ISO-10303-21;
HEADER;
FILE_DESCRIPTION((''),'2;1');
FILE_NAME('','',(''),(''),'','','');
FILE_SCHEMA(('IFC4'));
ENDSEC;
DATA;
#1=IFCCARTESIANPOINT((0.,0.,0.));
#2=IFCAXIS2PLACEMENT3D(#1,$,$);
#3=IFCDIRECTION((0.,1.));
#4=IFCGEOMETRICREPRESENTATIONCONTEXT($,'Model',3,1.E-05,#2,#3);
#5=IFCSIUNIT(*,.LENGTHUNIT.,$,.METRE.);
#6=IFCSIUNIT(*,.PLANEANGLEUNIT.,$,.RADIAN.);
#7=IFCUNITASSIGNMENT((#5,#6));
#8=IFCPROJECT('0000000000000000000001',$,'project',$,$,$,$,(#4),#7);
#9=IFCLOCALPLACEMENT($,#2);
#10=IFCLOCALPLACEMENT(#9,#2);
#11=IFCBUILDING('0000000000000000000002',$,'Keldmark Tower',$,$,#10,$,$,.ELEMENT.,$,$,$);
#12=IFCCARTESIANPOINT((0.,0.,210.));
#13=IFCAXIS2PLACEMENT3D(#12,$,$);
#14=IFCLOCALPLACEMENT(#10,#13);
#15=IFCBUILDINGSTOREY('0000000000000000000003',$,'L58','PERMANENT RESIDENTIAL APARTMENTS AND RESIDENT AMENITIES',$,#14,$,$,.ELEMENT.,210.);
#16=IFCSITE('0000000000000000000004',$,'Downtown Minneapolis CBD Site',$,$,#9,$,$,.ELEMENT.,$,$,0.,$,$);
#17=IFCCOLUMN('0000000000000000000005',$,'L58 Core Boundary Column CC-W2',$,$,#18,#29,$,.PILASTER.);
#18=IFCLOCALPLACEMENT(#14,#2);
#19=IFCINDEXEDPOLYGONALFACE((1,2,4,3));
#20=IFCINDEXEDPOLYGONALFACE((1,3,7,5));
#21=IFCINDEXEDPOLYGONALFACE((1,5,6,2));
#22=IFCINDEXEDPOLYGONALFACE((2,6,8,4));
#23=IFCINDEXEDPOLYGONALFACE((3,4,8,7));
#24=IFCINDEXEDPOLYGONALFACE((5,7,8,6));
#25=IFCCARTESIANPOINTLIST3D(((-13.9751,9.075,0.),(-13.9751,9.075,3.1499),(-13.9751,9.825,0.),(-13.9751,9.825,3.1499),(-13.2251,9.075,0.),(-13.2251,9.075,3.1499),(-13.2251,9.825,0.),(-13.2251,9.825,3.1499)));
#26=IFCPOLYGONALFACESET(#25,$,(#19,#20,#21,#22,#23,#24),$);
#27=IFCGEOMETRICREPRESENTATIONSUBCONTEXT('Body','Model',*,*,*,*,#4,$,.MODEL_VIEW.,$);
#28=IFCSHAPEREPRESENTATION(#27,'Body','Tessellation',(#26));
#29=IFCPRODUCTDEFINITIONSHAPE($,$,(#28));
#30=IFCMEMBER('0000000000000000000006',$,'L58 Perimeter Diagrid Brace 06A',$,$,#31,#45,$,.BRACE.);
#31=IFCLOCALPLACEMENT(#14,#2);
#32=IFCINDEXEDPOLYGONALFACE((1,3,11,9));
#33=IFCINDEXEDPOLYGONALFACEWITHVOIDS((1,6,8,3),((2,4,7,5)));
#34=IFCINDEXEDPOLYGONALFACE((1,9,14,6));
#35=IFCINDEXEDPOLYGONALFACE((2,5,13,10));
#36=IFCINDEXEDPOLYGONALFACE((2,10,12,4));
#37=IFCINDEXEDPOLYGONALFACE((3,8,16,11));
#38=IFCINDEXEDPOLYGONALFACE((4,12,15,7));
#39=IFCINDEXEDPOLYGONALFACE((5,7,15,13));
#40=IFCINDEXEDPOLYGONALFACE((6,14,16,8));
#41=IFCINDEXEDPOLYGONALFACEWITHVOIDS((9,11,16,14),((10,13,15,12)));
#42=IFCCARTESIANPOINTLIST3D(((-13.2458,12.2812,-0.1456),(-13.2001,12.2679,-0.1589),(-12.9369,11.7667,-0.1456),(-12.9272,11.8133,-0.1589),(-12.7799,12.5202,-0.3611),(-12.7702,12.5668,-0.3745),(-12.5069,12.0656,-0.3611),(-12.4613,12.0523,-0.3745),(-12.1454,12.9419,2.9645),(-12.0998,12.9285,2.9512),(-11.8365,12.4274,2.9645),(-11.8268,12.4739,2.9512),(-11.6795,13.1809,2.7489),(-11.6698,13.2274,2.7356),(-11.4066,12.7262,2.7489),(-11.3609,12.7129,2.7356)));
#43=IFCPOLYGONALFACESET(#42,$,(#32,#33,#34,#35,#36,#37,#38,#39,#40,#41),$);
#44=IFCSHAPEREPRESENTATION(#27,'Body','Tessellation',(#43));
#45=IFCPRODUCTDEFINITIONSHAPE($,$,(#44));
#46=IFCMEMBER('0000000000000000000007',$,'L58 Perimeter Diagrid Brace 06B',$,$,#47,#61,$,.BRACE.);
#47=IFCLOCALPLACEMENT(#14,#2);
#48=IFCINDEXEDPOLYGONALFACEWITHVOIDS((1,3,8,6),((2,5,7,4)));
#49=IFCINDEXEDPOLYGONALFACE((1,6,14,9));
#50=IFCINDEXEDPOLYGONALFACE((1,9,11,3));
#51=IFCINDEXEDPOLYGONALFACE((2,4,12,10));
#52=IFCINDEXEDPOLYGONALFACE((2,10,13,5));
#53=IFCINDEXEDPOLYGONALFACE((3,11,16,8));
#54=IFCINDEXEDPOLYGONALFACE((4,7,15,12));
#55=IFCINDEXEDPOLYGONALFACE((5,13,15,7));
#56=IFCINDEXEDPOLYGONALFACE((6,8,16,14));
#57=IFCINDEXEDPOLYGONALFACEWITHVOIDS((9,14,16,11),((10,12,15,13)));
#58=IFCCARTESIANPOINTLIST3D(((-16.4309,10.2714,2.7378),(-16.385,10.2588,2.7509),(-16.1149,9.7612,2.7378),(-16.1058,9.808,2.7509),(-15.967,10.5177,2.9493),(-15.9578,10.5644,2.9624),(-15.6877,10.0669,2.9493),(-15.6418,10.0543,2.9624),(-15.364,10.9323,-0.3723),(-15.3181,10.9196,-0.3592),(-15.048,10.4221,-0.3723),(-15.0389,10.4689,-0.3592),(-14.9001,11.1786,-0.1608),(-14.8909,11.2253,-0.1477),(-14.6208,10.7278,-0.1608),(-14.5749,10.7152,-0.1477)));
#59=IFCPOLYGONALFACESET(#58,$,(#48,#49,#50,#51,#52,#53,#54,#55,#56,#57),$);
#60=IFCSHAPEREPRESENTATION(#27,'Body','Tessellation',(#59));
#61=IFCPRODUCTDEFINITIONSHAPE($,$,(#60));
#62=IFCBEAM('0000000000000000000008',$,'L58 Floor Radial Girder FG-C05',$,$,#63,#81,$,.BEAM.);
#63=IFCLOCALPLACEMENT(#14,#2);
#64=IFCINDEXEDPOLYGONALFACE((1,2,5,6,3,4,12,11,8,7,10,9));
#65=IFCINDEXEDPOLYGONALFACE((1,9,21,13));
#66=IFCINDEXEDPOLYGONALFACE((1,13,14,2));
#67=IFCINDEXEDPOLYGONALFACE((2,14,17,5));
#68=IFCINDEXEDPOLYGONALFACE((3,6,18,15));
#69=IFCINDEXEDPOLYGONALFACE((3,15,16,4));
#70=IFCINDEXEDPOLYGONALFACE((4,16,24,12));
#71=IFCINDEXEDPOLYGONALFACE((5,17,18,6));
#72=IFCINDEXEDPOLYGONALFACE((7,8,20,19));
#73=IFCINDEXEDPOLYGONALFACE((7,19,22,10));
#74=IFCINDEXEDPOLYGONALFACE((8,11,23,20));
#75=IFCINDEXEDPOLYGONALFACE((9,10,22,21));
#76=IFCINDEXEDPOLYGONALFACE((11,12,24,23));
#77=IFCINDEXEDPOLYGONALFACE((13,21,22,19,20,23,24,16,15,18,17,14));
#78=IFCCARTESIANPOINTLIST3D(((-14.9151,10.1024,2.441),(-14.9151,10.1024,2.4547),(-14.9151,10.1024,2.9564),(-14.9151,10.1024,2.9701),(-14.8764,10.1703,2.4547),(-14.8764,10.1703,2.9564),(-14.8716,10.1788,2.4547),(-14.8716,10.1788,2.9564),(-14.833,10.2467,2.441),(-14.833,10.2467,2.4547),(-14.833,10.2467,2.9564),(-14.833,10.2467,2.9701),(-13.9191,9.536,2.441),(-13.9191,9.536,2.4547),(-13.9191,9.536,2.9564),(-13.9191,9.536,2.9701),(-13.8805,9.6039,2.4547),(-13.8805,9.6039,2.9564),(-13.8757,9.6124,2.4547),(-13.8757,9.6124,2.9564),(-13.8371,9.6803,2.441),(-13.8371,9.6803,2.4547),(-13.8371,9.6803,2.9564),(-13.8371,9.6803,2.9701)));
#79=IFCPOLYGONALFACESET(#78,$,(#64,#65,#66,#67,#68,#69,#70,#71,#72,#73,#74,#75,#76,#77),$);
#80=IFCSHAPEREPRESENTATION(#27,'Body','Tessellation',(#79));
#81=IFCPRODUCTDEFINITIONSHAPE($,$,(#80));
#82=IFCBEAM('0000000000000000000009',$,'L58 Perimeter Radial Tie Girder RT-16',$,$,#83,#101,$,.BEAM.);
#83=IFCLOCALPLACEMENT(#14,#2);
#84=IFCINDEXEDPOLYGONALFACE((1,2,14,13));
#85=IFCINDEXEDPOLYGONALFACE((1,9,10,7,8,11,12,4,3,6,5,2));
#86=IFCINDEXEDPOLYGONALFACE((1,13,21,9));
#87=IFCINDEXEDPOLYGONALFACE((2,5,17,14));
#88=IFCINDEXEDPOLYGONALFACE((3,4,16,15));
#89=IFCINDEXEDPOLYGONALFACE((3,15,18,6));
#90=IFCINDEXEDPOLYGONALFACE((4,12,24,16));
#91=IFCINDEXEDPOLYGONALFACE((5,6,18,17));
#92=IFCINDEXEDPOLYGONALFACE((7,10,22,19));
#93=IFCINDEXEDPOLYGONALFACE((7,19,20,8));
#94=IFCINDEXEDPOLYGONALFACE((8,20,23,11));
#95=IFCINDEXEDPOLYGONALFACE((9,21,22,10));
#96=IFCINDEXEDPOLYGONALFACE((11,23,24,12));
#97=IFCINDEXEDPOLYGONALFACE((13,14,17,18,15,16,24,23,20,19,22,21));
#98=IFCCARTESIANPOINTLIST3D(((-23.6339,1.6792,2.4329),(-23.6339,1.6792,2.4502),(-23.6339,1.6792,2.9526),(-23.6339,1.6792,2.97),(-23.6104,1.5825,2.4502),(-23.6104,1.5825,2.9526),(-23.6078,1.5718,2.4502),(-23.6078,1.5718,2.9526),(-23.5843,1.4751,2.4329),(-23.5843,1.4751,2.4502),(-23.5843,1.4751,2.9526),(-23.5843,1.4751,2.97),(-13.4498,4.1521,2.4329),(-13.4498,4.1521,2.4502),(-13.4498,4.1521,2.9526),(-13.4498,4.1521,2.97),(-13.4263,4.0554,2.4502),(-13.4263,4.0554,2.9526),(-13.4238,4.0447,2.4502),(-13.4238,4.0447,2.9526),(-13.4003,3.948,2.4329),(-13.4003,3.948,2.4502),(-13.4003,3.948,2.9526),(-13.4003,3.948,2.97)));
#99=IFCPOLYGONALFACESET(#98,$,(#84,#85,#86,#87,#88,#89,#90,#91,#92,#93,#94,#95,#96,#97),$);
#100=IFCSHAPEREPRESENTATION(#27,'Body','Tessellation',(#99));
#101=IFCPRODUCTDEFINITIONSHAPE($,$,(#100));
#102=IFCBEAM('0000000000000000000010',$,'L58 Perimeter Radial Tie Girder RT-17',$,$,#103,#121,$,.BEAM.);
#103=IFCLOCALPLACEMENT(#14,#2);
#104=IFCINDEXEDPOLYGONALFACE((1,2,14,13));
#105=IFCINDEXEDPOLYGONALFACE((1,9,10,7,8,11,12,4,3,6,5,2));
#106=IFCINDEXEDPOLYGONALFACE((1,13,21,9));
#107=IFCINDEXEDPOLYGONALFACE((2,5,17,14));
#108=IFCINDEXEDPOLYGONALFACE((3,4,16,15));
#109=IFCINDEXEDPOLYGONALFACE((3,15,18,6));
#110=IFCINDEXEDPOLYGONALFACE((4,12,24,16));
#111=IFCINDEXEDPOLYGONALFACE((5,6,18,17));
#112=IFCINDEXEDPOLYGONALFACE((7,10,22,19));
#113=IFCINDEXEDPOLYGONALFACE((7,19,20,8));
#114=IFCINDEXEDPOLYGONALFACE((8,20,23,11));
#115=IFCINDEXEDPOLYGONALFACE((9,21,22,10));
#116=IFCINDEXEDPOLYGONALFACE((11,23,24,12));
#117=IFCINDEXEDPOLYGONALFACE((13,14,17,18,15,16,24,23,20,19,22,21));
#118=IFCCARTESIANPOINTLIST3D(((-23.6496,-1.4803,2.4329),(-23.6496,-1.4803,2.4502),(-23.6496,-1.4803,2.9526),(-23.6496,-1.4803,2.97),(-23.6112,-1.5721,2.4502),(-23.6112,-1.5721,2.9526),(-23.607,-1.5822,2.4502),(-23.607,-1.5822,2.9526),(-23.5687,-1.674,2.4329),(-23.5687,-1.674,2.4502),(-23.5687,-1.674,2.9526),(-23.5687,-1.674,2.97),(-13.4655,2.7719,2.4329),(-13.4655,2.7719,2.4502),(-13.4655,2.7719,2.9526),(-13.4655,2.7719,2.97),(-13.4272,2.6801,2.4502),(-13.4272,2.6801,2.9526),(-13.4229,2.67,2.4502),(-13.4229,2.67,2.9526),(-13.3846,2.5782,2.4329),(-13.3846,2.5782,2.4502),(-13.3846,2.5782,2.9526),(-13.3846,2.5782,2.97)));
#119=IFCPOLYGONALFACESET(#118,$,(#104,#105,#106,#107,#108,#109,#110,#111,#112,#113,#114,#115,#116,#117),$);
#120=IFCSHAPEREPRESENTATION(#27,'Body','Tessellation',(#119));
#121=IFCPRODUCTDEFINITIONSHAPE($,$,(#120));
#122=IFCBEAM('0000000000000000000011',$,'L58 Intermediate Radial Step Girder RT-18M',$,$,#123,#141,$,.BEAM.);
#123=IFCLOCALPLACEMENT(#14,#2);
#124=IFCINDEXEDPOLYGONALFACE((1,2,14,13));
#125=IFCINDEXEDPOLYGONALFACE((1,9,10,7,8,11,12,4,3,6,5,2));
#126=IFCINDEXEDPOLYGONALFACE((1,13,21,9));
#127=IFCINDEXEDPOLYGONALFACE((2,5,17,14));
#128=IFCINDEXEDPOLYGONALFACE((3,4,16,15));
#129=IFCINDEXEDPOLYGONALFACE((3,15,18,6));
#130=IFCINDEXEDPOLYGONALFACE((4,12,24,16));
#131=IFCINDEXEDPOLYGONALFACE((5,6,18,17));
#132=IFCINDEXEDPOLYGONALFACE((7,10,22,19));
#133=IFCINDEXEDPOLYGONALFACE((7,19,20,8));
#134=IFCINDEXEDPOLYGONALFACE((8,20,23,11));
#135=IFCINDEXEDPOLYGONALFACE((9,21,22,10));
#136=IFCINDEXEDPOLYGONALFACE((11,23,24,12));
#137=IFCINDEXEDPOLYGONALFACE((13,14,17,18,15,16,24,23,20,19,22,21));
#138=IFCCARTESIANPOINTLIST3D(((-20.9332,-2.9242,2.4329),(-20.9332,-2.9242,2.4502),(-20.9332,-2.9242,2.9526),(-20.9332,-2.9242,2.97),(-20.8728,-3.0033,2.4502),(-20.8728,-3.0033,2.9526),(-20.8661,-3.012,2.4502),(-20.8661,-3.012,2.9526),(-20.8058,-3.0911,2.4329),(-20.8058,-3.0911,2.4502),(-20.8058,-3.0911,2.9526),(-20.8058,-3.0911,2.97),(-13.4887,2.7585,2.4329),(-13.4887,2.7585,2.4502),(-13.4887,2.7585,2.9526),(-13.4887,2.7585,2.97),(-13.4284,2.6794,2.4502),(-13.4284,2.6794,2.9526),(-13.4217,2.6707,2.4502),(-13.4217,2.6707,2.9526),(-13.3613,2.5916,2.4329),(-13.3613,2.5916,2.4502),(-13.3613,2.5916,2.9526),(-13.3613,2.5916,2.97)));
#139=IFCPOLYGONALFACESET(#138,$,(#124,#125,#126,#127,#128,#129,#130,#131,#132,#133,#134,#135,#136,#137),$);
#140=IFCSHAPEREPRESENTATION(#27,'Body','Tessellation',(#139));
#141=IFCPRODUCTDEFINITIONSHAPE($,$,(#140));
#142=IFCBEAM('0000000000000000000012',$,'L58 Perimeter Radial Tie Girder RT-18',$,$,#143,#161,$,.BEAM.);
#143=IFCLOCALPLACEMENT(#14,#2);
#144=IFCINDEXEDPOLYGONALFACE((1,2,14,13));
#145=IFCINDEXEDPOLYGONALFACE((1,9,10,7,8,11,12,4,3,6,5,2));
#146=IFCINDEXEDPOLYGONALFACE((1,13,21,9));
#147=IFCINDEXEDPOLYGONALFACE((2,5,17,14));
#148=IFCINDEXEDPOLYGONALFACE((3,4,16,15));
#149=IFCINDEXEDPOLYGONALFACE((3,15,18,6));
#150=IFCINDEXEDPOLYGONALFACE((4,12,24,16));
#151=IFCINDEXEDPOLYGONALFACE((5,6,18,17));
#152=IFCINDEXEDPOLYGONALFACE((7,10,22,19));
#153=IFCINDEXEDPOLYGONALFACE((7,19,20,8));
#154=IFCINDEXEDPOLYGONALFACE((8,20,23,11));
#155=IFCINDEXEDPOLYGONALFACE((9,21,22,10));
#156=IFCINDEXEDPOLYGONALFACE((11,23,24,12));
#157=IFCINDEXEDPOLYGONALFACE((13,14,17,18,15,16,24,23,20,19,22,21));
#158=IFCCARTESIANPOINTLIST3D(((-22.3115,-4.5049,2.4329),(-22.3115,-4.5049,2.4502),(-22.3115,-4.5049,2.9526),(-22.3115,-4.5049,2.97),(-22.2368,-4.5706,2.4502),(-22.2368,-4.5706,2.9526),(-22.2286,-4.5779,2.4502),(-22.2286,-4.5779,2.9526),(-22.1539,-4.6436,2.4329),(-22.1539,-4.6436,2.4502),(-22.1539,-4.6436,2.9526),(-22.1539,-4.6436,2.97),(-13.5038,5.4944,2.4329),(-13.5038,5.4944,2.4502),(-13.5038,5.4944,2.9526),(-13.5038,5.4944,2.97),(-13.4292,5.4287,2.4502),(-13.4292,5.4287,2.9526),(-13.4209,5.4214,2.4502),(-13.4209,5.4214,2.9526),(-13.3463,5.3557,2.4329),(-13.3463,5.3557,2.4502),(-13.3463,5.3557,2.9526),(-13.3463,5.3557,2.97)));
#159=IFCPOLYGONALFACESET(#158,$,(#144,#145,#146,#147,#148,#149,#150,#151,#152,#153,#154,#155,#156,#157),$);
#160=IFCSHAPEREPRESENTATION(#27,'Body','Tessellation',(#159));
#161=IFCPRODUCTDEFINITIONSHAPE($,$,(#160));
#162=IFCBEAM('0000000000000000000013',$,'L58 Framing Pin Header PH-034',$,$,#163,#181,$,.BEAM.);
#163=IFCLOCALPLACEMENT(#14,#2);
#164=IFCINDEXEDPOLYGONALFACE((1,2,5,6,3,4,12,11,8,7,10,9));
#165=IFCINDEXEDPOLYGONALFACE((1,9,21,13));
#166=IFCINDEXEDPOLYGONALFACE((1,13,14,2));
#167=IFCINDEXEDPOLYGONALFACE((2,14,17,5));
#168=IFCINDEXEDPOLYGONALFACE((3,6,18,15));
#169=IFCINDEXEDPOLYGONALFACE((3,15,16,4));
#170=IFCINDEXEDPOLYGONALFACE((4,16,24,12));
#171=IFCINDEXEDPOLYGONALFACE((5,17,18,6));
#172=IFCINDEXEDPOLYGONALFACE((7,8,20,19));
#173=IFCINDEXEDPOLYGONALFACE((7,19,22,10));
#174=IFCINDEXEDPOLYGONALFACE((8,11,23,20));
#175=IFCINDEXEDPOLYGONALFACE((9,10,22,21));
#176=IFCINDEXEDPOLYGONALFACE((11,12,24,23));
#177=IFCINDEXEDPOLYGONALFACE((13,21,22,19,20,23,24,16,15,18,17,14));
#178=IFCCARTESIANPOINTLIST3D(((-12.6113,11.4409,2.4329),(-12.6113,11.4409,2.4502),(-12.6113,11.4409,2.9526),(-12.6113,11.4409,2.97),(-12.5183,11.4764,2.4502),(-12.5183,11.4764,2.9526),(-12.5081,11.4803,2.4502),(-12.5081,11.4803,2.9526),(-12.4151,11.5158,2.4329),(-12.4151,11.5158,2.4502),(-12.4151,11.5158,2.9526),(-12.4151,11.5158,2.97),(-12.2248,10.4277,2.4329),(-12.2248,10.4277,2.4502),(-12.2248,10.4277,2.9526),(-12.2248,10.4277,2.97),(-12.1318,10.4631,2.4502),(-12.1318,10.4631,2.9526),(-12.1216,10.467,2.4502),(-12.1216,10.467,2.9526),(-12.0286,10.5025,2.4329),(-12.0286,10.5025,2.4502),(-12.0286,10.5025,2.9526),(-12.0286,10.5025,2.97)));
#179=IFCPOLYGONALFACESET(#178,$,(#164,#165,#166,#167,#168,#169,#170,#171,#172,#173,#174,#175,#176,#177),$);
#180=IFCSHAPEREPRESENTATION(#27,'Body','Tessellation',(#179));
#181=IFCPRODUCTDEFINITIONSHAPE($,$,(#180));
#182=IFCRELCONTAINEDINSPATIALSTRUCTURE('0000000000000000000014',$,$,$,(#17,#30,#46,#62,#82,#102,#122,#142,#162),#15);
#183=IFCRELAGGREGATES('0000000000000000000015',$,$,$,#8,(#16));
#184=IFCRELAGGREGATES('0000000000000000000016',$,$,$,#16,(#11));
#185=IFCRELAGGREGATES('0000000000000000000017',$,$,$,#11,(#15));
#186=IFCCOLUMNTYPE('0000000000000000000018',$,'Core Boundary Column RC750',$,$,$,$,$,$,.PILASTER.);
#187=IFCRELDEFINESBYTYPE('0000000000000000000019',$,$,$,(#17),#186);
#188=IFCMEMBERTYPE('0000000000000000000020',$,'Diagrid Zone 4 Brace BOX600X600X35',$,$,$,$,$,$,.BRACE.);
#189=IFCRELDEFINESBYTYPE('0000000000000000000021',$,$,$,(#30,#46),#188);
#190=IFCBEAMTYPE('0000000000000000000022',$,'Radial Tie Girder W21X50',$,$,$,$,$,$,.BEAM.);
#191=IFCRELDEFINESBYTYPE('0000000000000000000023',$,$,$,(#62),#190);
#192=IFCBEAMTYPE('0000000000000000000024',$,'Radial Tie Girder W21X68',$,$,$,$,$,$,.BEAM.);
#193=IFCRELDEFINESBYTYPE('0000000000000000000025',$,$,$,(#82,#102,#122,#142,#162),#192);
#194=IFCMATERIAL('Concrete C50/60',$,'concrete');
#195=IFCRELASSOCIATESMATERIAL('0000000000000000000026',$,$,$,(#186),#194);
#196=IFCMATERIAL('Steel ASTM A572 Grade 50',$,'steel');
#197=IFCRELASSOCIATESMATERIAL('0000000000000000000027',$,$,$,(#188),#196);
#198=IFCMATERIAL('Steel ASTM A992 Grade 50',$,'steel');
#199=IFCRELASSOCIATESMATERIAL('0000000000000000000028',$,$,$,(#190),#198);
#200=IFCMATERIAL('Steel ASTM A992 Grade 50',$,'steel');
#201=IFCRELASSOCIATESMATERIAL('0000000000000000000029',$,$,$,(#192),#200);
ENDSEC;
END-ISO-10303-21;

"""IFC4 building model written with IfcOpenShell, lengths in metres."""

from ifc_helpers import new_model, si_unit, direction, frame, origin, origin_2d, place, context, subcontext, project, spatial, rectangle, hollow_rectangle, i_section, extrude, material, material_profile, profile_set, type_object, element, save


model = new_model("IFC4")

# Units and contexts
model_context = context("Model", 3, precision=1e-05, world=origin(), true_north=direction((0.0, 1.0)))
body_context = subcontext(model_context, "Body", "Model", "MODEL_VIEW")
ifc_project = project(units=[si_unit("LENGTHUNIT", "METRE"), si_unit("PLANEANGLEUNIT", "RADIAN")], contexts=[model_context])

# Site, building, storey
site_placement = place(None, origin())
site = spatial("IfcSite", under=ifc_project, at=site_placement, Name="Downtown Minneapolis CBD Site", CompositionType="ELEMENT", RefElevation=0.0)
building_placement = place(site_placement, origin())
building = spatial("IfcBuilding", under=site, at=building_placement, Name="Keldmark Tower", CompositionType="ELEMENT")
storey_placement = place(building_placement, frame((0.0, 0.0, 210.0)))
storey = spatial("IfcBuildingStorey", under=building, at=storey_placement, Name="L58", Description="PERMANENT RESIDENTIAL APARTMENTS AND RESIDENT AMENITIES", CompositionType="ELEMENT", Elevation=210.0)

# Column
ifc_material_1 = material(Name="Concrete C50/60", Category="concrete")
ifc_material_profile_1 = material_profile(ifc_material_1, rectangle(XDim=0.75, YDim=0.75, at=origin_2d()), Name="RC750X750")
ifc_profile_set_1 = profile_set([ifc_material_profile_1], Name="Concrete C50/60")
column_type = type_object("IfcColumnType", Name="Core Boundary Column RC750", PredefinedType="PILASTER", material=ifc_profile_set_1)
column_placement = place(storey_placement, frame((-13.6001, 9.45, 0.0), z_axis=(0.0, 0.0, 1.0), x_axis=(1.0, 0.0, 0.0)))
element("IfcColumn", 1, at=column_placement, inside=storey, type_object=column_type, Name="L58 Core Boundary Column CC-W2", PredefinedType="PILASTER", context=body_context, shape_type="SweptSolid", body=[
    extrude(rectangle(XDim=0.75, YDim=0.75, at=origin_2d()), origin(), (0.0, 0.0, 1.0), 3.1499),
])

# Members
ifc_material_2 = material(Name="Steel ASTM A572 Grade 50", Category="steel")
ifc_material_profile_2 = material_profile(ifc_material_2, hollow_rectangle(XDim=0.6001, YDim=0.6001, WallThickness=0.0349, at=origin_2d()), Name="BOX600X600X35")
ifc_profile_set_2 = profile_set([ifc_material_profile_2], Name="Steel ASTM A572 Grade 50")
member_type = type_object("IfcMemberType", Name="Diagrid Zone 4 Brace BOX600X600X35", PredefinedType="BRACE", material=ifc_profile_set_2)
member_1_placement = place(storey_placement, frame((-12.8535, 12.1667, -0.26), z_axis=(0.327043, 0.196356, 0.924385), x_axis=(-0.514748, 0.857342, 0.0)))
element("IfcMember", 2, at=member_1_placement, inside=storey, type_object=member_type, Name="L58 Perimeter Diagrid Brace 06A", PredefinedType="BRACE", context=body_context, shape_type="SweptSolid", body=[
    extrude(hollow_rectangle(XDim=0.6001, YDim=0.6001, WallThickness=0.0349, at=origin_2d()), origin(), (0.0, 0.0, 1.0), 3.3645),
])
member_2_placement = place(storey_placement, frame((-14.9695, 10.8237, -0.26), z_axis=(-0.318118, -0.197058, 0.927345), x_axis=(0.526602, -0.850112, 0.0)))
element("IfcMember", 3, at=member_2_placement, inside=storey, type_object=member_type, Name="L58 Perimeter Diagrid Brace 06B", PredefinedType="BRACE", context=body_context, shape_type="SweptSolid", body=[
    extrude(hollow_rectangle(XDim=0.6001, YDim=0.6001, WallThickness=0.0349, at=origin_2d()), origin(), (0.0, 0.0, 1.0), 3.3538),
])

# Beams
ifc_material_3 = material(Name="Steel ASTM A992 Grade 50", Category="steel")
ifc_material_profile_3 = material_profile(ifc_material_3, i_section(OverallWidth=0.166, OverallDepth=0.5291, WebThickness=0.0098, FlangeThickness=0.0137, at=origin_2d()), Name="W21X50")
ifc_profile_set_3 = profile_set([ifc_material_profile_3], Name="Steel ASTM A992 Grade 50")
beam_type_1 = type_object("IfcBeamType", Name="Radial Tie Girder W21X50", PredefinedType="BEAM", material=ifc_profile_set_3)
beam_1_placement = place(storey_placement, frame((-14.874, 10.1746, 2.7056), z_axis=(0.869238, -0.494394, 0.0), x_axis=(0.494394, 0.869238, 0.0)))
element("IfcBeam", 4, at=beam_1_placement, inside=storey, type_object=beam_type_1, Name="L58 Floor Radial Girder FG-C05", PredefinedType="BEAM", context=body_context, shape_type="SweptSolid", body=[
    extrude(i_section(OverallWidth=0.166, OverallDepth=0.5291, WebThickness=0.0098, FlangeThickness=0.0137, at=origin_2d()), origin(), (0.0, 0.0, 1.0), 1.1458),
])
ifc_material_4 = material(Name="Steel ASTM A992 Grade 50", Category="steel")
ifc_material_profile_4 = material_profile(ifc_material_4, i_section(OverallWidth=0.21, OverallDepth=0.5371, WebThickness=0.011, FlangeThickness=0.0173, at=origin_2d()), Name="W21X68")
ifc_profile_set_4 = profile_set([ifc_material_profile_4], Name="Steel ASTM A992 Grade 50")
beam_type_2 = type_object("IfcBeamType", Name="Radial Tie Girder W21X68", PredefinedType="BEAM", material=ifc_profile_set_4)
beam_2_placement = place(storey_placement, frame((-13.425, 4.05, 2.7014), z_axis=(-0.971762, -0.235963, 0.0), x_axis=(0.235963, -0.971762, 0.0)))
element("IfcBeam", 5, at=beam_2_placement, inside=storey, type_object=beam_type_2, Name="L58 Perimeter Radial Tie Girder RT-16", PredefinedType="BEAM", context=body_context, shape_type="SweptSolid", body=[
    extrude(i_section(OverallWidth=0.21, OverallDepth=0.5371, WebThickness=0.011, FlangeThickness=0.0173, at=origin_2d()), origin(), (0.0, 0.0, 1.0), 10.48),
])
beam_3_placement = place(storey_placement, frame((-13.425, 2.675, 2.7014), z_axis=(-0.922793, -0.385297, 0.0), x_axis=(0.385297, -0.922793, 0.0)))
element("IfcBeam", 6, at=beam_3_placement, inside=storey, type_object=beam_type_2, Name="L58 Perimeter Radial Tie Girder RT-17", PredefinedType="BEAM", context=body_context, shape_type="SweptSolid", body=[
    extrude(i_section(OverallWidth=0.21, OverallDepth=0.5371, WebThickness=0.011, FlangeThickness=0.0173, at=origin_2d()), origin(), (0.0, 0.0, 1.0), 11.0361),
])
beam_4_placement = place(storey_placement, frame((-13.425, 2.675, 2.7014), z_axis=(-0.794878, -0.606769, 0.0), x_axis=(0.606769, -0.794878, 0.0)))
element("IfcBeam", 7, at=beam_4_placement, inside=storey, type_object=beam_type_2, Name="L58 Intermediate Radial Step Girder RT-18M", PredefinedType="BEAM", context=body_context, shape_type="SweptSolid", body=[
    extrude(i_section(OverallWidth=0.21, OverallDepth=0.5371, WebThickness=0.011, FlangeThickness=0.0173, at=origin_2d()), origin(), (0.0, 0.0, 1.0), 9.3655),
])
beam_5_placement = place(storey_placement, frame((-13.425, 5.425, 2.7014), z_axis=(-0.660977, -0.750406, 0.0), x_axis=(0.750406, -0.660977, 0.0)))
element("IfcBeam", 8, at=beam_5_placement, inside=storey, type_object=beam_type_2, Name="L58 Perimeter Radial Tie Girder RT-18", PredefinedType="BEAM", context=body_context, shape_type="SweptSolid", body=[
    extrude(i_section(OverallWidth=0.21, OverallDepth=0.5371, WebThickness=0.011, FlangeThickness=0.0173, at=origin_2d()), origin(), (0.0, 0.0, 1.0), 13.3252),
])
beam_6_placement = place(storey_placement, frame((-12.1267, 10.4651, 2.7014), z_axis=(-0.356398, 0.934334, 0.0), x_axis=(-0.934334, -0.356398, 0.0)))
element("IfcBeam", 9, at=beam_6_placement, inside=storey, type_object=beam_type_2, Name="L58 Framing Pin Header PH-034", PredefinedType="BEAM", context=body_context, shape_type="SweptSolid", body=[
    extrude(i_section(OverallWidth=0.21, OverallDepth=0.5371, WebThickness=0.011, FlangeThickness=0.0173, at=origin_2d()), origin(), (0.0, 0.0, 1.0), 1.0845),
])

save(model, "model.ifc")
